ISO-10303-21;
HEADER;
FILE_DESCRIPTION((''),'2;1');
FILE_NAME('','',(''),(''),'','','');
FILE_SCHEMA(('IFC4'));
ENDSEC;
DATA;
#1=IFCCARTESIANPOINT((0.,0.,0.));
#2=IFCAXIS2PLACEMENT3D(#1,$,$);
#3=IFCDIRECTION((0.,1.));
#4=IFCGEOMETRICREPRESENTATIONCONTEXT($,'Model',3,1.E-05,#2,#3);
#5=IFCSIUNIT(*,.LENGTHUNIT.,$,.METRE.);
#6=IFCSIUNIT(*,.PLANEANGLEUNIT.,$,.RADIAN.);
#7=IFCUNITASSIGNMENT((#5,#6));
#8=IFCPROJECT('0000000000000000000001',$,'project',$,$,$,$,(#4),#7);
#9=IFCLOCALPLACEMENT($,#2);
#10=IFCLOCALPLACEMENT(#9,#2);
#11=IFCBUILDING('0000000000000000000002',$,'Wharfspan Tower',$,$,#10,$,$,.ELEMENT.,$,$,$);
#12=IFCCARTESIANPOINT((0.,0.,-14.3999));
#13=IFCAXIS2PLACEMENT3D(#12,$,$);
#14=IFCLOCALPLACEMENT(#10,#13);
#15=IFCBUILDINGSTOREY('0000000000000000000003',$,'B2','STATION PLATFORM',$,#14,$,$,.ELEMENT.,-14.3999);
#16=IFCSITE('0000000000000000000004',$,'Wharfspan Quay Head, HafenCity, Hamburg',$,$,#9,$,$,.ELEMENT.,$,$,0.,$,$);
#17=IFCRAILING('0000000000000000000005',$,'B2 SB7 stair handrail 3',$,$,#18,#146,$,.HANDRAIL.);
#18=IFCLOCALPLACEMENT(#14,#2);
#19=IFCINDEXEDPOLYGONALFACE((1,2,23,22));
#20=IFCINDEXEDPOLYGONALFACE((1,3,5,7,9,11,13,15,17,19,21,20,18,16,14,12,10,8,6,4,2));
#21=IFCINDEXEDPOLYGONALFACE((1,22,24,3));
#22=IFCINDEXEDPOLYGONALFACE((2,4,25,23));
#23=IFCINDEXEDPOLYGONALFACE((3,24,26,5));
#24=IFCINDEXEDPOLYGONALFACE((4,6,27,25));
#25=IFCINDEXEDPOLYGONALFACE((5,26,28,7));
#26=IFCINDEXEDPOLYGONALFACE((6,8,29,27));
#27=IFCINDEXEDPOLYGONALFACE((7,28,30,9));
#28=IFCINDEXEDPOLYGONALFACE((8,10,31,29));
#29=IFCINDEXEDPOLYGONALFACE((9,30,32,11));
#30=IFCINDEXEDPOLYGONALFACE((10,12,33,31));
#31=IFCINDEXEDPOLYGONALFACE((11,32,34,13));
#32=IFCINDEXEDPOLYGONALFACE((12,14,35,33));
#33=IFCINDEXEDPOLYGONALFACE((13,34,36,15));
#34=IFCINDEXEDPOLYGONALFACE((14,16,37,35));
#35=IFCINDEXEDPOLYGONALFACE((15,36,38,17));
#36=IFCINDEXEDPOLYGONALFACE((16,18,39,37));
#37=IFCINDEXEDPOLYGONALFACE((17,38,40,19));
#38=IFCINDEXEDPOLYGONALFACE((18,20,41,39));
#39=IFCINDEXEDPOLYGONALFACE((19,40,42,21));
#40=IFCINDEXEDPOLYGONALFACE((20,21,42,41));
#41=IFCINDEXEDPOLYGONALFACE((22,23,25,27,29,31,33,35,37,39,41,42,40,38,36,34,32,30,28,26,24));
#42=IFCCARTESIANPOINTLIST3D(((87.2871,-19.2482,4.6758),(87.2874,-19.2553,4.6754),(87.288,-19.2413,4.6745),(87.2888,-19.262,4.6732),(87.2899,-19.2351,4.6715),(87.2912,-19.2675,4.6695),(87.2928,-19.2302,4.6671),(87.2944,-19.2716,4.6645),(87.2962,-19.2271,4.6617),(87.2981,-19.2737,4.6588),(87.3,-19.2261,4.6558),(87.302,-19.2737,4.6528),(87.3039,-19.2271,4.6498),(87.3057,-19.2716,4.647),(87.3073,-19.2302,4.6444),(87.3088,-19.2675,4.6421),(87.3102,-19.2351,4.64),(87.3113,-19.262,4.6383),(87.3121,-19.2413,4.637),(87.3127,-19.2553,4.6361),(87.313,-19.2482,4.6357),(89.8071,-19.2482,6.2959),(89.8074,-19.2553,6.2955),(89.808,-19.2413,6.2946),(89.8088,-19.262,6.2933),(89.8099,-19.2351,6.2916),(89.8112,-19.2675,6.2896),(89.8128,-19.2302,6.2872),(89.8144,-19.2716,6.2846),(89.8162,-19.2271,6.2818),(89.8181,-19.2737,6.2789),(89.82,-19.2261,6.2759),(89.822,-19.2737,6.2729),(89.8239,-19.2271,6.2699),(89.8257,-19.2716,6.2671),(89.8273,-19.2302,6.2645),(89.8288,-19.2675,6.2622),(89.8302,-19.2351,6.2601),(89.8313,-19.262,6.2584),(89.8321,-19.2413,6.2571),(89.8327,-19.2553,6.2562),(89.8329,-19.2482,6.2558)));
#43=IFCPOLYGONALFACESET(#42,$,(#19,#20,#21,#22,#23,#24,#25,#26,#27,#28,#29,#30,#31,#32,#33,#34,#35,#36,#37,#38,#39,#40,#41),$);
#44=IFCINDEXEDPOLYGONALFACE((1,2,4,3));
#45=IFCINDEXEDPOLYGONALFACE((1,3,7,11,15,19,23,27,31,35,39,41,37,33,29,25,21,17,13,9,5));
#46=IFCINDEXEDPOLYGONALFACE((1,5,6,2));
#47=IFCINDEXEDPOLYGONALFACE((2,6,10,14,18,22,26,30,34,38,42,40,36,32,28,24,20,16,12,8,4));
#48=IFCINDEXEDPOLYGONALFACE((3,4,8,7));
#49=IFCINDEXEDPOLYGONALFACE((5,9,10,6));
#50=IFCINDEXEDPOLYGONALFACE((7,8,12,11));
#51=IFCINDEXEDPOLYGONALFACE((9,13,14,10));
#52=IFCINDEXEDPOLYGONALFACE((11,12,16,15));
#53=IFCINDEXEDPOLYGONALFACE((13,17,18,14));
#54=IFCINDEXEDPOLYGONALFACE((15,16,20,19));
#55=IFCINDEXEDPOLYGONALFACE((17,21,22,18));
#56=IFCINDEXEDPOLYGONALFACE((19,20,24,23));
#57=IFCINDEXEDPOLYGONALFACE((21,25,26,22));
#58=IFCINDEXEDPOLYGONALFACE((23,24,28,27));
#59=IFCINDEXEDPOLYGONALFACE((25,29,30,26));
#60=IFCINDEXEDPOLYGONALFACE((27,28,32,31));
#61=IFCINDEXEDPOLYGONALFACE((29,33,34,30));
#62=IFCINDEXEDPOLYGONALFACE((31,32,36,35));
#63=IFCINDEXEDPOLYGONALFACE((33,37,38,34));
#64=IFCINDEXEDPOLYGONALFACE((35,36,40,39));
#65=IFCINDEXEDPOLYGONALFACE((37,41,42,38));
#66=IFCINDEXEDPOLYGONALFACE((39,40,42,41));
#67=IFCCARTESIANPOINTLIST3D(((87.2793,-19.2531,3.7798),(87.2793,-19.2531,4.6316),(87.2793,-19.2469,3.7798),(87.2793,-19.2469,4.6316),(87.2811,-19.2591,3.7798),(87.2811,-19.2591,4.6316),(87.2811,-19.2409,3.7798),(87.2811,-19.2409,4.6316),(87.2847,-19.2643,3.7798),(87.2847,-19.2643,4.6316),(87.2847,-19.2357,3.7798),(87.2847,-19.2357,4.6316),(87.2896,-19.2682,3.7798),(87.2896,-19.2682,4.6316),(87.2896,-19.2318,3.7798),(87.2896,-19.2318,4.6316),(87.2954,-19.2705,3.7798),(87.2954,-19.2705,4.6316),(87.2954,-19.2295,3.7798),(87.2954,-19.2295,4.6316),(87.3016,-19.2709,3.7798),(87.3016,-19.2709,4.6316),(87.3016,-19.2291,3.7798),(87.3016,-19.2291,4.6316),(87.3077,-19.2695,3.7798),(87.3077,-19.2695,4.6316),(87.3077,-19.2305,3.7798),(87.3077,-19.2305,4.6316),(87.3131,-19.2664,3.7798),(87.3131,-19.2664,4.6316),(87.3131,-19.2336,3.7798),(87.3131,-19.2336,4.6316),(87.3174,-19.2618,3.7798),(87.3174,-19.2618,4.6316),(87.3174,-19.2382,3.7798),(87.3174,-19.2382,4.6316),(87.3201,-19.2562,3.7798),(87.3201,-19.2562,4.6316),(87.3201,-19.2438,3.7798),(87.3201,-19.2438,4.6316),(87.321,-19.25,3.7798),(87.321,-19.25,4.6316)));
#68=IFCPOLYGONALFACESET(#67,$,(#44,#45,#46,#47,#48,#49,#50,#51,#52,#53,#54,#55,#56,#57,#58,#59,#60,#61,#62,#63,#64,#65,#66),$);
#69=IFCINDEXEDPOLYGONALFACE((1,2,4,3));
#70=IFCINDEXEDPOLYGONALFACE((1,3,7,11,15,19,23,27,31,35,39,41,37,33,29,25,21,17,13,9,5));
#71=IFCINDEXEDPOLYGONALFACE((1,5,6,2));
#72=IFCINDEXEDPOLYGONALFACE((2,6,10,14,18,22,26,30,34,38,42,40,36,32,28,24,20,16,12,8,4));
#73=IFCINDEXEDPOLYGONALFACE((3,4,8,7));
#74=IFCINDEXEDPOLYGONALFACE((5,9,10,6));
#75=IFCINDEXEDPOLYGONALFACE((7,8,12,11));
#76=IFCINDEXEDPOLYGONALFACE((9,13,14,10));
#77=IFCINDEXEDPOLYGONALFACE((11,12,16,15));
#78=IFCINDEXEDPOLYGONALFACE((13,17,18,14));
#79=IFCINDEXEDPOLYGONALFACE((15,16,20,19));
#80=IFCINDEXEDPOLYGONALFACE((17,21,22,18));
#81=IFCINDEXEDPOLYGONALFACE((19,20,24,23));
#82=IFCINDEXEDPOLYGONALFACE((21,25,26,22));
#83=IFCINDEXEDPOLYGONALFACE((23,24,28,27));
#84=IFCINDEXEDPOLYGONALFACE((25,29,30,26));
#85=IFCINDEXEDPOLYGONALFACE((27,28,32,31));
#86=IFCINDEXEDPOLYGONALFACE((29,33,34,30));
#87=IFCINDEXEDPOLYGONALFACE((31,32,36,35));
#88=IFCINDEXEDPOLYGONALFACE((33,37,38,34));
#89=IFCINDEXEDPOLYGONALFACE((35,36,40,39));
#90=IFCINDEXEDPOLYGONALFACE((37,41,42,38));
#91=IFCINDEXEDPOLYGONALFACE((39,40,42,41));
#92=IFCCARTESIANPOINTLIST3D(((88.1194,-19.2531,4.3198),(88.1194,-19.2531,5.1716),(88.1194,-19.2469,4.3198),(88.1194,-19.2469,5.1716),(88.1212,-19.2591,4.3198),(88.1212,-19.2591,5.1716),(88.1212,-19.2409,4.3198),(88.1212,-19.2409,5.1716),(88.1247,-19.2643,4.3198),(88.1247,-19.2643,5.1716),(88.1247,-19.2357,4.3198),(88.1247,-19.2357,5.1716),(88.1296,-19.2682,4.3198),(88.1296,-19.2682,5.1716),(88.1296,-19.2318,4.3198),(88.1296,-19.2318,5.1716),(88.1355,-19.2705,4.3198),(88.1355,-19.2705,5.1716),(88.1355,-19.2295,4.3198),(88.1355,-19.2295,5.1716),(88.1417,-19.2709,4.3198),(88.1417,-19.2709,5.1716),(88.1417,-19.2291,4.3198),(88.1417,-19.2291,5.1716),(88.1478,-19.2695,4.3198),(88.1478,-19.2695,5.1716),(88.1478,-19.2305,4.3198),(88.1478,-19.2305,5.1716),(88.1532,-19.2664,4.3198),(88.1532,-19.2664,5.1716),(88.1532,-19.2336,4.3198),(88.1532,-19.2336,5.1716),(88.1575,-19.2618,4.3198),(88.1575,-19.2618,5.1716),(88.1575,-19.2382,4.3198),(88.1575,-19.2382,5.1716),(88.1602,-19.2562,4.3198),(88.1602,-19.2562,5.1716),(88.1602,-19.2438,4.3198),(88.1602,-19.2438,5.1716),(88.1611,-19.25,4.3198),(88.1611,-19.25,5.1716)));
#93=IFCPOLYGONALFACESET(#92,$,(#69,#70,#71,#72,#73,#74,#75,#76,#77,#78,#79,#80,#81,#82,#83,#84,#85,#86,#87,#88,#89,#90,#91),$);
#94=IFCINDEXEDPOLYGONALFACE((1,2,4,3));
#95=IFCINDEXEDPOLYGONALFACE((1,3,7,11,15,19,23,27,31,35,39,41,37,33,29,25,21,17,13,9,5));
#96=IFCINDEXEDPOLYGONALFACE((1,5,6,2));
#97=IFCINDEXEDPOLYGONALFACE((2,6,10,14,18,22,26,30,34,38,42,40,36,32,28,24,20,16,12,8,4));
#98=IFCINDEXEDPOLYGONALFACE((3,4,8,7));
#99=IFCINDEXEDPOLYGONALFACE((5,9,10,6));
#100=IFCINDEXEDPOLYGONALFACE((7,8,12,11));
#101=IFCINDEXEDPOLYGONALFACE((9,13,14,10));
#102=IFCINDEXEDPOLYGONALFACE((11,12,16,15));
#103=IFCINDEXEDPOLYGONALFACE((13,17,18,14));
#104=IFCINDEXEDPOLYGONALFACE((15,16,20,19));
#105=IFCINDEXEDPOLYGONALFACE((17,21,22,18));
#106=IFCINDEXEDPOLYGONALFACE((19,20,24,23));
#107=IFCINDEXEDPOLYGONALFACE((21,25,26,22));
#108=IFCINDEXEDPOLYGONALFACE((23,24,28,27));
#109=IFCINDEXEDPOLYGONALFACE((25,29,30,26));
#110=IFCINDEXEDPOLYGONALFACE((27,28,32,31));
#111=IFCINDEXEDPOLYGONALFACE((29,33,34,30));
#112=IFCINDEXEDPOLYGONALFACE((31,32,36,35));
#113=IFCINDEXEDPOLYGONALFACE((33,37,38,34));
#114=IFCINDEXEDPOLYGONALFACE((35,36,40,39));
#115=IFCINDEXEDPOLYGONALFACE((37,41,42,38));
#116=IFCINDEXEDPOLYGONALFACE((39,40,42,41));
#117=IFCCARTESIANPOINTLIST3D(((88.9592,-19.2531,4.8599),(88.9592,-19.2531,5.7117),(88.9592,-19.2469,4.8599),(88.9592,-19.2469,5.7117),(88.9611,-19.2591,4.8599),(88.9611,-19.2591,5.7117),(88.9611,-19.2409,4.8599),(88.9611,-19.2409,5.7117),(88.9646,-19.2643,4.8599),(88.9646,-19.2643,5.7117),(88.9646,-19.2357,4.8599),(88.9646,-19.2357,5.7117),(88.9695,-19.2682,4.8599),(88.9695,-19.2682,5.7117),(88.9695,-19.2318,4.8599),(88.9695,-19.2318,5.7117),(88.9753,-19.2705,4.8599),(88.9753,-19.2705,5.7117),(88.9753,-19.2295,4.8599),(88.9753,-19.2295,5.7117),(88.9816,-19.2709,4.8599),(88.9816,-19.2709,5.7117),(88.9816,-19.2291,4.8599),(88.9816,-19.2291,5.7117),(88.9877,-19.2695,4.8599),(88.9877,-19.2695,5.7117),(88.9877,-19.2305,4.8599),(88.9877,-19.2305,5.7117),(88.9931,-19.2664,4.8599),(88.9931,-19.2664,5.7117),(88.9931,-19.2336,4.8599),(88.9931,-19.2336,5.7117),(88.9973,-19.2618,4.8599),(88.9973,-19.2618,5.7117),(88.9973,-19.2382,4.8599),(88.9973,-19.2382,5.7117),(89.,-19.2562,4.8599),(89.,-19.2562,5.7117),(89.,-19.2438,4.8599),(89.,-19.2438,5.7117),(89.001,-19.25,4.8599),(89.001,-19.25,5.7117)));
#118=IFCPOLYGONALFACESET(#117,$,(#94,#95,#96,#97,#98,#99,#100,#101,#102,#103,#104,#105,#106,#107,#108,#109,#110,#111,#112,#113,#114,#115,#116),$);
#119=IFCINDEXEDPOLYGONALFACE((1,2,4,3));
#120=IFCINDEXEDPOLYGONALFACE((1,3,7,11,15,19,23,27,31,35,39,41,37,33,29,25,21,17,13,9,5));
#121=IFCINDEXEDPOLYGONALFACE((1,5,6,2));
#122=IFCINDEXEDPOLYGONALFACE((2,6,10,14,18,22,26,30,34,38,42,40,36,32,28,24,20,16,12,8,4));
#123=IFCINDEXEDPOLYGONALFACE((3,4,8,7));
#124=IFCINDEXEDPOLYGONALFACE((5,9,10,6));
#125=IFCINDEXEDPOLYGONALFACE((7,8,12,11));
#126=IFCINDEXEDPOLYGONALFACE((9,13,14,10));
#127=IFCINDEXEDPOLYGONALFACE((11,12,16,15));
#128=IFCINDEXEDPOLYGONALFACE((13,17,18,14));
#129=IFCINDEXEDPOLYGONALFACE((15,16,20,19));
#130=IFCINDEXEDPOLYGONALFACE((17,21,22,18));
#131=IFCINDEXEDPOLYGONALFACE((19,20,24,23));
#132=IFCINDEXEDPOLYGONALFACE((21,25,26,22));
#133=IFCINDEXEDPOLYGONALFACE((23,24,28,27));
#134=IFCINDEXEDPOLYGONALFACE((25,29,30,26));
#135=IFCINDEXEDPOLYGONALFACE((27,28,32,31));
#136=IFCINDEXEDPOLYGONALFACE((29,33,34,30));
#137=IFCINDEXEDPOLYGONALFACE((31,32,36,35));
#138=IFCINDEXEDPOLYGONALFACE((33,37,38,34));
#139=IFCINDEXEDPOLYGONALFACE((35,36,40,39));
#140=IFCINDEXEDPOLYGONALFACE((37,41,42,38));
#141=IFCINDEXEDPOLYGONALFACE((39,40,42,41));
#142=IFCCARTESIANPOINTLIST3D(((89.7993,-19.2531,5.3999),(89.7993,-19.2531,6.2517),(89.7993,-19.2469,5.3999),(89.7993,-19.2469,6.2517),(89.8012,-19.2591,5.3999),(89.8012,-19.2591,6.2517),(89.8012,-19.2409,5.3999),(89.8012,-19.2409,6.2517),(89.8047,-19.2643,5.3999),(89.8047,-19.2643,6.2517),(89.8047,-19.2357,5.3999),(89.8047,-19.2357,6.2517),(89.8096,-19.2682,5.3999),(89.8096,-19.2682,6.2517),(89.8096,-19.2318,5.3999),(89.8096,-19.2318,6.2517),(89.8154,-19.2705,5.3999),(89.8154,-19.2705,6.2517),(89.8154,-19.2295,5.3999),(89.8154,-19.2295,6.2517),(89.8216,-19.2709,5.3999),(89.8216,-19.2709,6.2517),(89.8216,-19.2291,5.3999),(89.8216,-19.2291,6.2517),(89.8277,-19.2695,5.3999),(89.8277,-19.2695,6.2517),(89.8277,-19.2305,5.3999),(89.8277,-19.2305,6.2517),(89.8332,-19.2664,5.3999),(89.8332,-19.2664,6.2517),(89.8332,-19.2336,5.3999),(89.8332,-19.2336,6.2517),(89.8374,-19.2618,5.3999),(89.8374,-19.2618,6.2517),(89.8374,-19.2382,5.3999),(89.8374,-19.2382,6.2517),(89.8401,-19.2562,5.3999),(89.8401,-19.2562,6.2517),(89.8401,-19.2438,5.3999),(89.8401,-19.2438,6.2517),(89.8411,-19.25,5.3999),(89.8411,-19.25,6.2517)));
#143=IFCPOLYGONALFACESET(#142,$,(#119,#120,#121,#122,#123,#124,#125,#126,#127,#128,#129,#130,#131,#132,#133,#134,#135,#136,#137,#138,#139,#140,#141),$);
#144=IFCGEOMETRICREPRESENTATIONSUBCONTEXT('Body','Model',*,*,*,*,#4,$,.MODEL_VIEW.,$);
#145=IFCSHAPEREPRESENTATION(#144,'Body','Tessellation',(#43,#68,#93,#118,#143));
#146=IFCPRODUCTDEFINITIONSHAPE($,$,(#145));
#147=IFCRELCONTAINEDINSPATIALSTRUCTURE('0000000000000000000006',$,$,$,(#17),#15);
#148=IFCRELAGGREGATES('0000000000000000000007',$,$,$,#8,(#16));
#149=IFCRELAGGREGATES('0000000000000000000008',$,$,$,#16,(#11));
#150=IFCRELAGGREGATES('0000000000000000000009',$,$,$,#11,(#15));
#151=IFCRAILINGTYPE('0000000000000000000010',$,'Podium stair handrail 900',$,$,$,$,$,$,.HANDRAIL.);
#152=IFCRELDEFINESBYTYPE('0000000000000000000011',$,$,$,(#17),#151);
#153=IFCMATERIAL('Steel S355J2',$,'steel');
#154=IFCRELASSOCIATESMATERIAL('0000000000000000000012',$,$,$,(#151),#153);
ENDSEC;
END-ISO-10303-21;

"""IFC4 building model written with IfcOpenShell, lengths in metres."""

from ifc_helpers import new_model, si_unit, direction, frame, origin, origin_2d, place, context, subcontext, project, spatial, circle, extrude, material, type_object, element, save


model = new_model("IFC4")

# Units and contexts
model_context = context("Model", 3, precision=1e-05, world=origin(), true_north=direction((0.0, 1.0)))
body_context = subcontext(model_context, "Body", "Model", "MODEL_VIEW")
ifc_project = project(units=[si_unit("LENGTHUNIT", "METRE"), si_unit("PLANEANGLEUNIT", "RADIAN")], contexts=[model_context])

# Site, building, storey
site_placement = place(None, origin())
site = spatial("IfcSite", under=ifc_project, at=site_placement, Name="Wharfspan Quay Head, HafenCity, Hamburg", CompositionType="ELEMENT", RefElevation=0.0)
building_placement = place(site_placement, origin())
building = spatial("IfcBuilding", under=site, at=building_placement, Name="Wharfspan Tower", CompositionType="ELEMENT")
storey_placement = place(building_placement, frame((0.0, 0.0, -14.3999)))
storey = spatial("IfcBuildingStorey", under=building, at=storey_placement, Name="B2", Description="STATION PLATFORM", CompositionType="ELEMENT", Elevation=-14.3999)

# Railing
ifc_material_1 = material(Name="Steel S355J2", Category="steel")
railing_type_1 = type_object("IfcRailingType", Name="Podium stair handrail 900", PredefinedType="HANDRAIL", material=ifc_material_1)
railing_1_placement = place(storey_placement, frame((87.3, -19.25, 3.7798)))
element("IfcRailing", 1, at=railing_1_placement, inside=storey, type_object=railing_type_1, Name="B2 SB7 stair handrail 3", PredefinedType="HANDRAIL", context=body_context, shape_type="SweptSolid", body=[
    extrude(circle(Radius=0.0239, at=origin_2d()), frame((0.0, 0.0, 0.876), z_axis=(0.841163, 0.0, 0.540782), x_axis=(0.0, 1.0, 0.0)), (0.0, 0.0, 1.0), 2.9958),
    extrude(circle(Radius=0.021, at=origin_2d()), origin(), (0.0, 0.0, 1.0), 0.8518),
    extrude(circle(Radius=0.021, at=origin_2d()), frame((0.8401, 0.0, 0.54)), (0.0, 0.0, 1.0), 0.8518),
    extrude(circle(Radius=0.021, at=origin_2d()), frame((1.6799, 0.0, 1.0801)), (0.0, 0.0, 1.0), 0.8518),
    extrude(circle(Radius=0.021, at=origin_2d()), frame((2.52, 0.0, 1.6201)), (0.0, 0.0, 1.0), 0.8518),
])

save(model, "model.ifc")
